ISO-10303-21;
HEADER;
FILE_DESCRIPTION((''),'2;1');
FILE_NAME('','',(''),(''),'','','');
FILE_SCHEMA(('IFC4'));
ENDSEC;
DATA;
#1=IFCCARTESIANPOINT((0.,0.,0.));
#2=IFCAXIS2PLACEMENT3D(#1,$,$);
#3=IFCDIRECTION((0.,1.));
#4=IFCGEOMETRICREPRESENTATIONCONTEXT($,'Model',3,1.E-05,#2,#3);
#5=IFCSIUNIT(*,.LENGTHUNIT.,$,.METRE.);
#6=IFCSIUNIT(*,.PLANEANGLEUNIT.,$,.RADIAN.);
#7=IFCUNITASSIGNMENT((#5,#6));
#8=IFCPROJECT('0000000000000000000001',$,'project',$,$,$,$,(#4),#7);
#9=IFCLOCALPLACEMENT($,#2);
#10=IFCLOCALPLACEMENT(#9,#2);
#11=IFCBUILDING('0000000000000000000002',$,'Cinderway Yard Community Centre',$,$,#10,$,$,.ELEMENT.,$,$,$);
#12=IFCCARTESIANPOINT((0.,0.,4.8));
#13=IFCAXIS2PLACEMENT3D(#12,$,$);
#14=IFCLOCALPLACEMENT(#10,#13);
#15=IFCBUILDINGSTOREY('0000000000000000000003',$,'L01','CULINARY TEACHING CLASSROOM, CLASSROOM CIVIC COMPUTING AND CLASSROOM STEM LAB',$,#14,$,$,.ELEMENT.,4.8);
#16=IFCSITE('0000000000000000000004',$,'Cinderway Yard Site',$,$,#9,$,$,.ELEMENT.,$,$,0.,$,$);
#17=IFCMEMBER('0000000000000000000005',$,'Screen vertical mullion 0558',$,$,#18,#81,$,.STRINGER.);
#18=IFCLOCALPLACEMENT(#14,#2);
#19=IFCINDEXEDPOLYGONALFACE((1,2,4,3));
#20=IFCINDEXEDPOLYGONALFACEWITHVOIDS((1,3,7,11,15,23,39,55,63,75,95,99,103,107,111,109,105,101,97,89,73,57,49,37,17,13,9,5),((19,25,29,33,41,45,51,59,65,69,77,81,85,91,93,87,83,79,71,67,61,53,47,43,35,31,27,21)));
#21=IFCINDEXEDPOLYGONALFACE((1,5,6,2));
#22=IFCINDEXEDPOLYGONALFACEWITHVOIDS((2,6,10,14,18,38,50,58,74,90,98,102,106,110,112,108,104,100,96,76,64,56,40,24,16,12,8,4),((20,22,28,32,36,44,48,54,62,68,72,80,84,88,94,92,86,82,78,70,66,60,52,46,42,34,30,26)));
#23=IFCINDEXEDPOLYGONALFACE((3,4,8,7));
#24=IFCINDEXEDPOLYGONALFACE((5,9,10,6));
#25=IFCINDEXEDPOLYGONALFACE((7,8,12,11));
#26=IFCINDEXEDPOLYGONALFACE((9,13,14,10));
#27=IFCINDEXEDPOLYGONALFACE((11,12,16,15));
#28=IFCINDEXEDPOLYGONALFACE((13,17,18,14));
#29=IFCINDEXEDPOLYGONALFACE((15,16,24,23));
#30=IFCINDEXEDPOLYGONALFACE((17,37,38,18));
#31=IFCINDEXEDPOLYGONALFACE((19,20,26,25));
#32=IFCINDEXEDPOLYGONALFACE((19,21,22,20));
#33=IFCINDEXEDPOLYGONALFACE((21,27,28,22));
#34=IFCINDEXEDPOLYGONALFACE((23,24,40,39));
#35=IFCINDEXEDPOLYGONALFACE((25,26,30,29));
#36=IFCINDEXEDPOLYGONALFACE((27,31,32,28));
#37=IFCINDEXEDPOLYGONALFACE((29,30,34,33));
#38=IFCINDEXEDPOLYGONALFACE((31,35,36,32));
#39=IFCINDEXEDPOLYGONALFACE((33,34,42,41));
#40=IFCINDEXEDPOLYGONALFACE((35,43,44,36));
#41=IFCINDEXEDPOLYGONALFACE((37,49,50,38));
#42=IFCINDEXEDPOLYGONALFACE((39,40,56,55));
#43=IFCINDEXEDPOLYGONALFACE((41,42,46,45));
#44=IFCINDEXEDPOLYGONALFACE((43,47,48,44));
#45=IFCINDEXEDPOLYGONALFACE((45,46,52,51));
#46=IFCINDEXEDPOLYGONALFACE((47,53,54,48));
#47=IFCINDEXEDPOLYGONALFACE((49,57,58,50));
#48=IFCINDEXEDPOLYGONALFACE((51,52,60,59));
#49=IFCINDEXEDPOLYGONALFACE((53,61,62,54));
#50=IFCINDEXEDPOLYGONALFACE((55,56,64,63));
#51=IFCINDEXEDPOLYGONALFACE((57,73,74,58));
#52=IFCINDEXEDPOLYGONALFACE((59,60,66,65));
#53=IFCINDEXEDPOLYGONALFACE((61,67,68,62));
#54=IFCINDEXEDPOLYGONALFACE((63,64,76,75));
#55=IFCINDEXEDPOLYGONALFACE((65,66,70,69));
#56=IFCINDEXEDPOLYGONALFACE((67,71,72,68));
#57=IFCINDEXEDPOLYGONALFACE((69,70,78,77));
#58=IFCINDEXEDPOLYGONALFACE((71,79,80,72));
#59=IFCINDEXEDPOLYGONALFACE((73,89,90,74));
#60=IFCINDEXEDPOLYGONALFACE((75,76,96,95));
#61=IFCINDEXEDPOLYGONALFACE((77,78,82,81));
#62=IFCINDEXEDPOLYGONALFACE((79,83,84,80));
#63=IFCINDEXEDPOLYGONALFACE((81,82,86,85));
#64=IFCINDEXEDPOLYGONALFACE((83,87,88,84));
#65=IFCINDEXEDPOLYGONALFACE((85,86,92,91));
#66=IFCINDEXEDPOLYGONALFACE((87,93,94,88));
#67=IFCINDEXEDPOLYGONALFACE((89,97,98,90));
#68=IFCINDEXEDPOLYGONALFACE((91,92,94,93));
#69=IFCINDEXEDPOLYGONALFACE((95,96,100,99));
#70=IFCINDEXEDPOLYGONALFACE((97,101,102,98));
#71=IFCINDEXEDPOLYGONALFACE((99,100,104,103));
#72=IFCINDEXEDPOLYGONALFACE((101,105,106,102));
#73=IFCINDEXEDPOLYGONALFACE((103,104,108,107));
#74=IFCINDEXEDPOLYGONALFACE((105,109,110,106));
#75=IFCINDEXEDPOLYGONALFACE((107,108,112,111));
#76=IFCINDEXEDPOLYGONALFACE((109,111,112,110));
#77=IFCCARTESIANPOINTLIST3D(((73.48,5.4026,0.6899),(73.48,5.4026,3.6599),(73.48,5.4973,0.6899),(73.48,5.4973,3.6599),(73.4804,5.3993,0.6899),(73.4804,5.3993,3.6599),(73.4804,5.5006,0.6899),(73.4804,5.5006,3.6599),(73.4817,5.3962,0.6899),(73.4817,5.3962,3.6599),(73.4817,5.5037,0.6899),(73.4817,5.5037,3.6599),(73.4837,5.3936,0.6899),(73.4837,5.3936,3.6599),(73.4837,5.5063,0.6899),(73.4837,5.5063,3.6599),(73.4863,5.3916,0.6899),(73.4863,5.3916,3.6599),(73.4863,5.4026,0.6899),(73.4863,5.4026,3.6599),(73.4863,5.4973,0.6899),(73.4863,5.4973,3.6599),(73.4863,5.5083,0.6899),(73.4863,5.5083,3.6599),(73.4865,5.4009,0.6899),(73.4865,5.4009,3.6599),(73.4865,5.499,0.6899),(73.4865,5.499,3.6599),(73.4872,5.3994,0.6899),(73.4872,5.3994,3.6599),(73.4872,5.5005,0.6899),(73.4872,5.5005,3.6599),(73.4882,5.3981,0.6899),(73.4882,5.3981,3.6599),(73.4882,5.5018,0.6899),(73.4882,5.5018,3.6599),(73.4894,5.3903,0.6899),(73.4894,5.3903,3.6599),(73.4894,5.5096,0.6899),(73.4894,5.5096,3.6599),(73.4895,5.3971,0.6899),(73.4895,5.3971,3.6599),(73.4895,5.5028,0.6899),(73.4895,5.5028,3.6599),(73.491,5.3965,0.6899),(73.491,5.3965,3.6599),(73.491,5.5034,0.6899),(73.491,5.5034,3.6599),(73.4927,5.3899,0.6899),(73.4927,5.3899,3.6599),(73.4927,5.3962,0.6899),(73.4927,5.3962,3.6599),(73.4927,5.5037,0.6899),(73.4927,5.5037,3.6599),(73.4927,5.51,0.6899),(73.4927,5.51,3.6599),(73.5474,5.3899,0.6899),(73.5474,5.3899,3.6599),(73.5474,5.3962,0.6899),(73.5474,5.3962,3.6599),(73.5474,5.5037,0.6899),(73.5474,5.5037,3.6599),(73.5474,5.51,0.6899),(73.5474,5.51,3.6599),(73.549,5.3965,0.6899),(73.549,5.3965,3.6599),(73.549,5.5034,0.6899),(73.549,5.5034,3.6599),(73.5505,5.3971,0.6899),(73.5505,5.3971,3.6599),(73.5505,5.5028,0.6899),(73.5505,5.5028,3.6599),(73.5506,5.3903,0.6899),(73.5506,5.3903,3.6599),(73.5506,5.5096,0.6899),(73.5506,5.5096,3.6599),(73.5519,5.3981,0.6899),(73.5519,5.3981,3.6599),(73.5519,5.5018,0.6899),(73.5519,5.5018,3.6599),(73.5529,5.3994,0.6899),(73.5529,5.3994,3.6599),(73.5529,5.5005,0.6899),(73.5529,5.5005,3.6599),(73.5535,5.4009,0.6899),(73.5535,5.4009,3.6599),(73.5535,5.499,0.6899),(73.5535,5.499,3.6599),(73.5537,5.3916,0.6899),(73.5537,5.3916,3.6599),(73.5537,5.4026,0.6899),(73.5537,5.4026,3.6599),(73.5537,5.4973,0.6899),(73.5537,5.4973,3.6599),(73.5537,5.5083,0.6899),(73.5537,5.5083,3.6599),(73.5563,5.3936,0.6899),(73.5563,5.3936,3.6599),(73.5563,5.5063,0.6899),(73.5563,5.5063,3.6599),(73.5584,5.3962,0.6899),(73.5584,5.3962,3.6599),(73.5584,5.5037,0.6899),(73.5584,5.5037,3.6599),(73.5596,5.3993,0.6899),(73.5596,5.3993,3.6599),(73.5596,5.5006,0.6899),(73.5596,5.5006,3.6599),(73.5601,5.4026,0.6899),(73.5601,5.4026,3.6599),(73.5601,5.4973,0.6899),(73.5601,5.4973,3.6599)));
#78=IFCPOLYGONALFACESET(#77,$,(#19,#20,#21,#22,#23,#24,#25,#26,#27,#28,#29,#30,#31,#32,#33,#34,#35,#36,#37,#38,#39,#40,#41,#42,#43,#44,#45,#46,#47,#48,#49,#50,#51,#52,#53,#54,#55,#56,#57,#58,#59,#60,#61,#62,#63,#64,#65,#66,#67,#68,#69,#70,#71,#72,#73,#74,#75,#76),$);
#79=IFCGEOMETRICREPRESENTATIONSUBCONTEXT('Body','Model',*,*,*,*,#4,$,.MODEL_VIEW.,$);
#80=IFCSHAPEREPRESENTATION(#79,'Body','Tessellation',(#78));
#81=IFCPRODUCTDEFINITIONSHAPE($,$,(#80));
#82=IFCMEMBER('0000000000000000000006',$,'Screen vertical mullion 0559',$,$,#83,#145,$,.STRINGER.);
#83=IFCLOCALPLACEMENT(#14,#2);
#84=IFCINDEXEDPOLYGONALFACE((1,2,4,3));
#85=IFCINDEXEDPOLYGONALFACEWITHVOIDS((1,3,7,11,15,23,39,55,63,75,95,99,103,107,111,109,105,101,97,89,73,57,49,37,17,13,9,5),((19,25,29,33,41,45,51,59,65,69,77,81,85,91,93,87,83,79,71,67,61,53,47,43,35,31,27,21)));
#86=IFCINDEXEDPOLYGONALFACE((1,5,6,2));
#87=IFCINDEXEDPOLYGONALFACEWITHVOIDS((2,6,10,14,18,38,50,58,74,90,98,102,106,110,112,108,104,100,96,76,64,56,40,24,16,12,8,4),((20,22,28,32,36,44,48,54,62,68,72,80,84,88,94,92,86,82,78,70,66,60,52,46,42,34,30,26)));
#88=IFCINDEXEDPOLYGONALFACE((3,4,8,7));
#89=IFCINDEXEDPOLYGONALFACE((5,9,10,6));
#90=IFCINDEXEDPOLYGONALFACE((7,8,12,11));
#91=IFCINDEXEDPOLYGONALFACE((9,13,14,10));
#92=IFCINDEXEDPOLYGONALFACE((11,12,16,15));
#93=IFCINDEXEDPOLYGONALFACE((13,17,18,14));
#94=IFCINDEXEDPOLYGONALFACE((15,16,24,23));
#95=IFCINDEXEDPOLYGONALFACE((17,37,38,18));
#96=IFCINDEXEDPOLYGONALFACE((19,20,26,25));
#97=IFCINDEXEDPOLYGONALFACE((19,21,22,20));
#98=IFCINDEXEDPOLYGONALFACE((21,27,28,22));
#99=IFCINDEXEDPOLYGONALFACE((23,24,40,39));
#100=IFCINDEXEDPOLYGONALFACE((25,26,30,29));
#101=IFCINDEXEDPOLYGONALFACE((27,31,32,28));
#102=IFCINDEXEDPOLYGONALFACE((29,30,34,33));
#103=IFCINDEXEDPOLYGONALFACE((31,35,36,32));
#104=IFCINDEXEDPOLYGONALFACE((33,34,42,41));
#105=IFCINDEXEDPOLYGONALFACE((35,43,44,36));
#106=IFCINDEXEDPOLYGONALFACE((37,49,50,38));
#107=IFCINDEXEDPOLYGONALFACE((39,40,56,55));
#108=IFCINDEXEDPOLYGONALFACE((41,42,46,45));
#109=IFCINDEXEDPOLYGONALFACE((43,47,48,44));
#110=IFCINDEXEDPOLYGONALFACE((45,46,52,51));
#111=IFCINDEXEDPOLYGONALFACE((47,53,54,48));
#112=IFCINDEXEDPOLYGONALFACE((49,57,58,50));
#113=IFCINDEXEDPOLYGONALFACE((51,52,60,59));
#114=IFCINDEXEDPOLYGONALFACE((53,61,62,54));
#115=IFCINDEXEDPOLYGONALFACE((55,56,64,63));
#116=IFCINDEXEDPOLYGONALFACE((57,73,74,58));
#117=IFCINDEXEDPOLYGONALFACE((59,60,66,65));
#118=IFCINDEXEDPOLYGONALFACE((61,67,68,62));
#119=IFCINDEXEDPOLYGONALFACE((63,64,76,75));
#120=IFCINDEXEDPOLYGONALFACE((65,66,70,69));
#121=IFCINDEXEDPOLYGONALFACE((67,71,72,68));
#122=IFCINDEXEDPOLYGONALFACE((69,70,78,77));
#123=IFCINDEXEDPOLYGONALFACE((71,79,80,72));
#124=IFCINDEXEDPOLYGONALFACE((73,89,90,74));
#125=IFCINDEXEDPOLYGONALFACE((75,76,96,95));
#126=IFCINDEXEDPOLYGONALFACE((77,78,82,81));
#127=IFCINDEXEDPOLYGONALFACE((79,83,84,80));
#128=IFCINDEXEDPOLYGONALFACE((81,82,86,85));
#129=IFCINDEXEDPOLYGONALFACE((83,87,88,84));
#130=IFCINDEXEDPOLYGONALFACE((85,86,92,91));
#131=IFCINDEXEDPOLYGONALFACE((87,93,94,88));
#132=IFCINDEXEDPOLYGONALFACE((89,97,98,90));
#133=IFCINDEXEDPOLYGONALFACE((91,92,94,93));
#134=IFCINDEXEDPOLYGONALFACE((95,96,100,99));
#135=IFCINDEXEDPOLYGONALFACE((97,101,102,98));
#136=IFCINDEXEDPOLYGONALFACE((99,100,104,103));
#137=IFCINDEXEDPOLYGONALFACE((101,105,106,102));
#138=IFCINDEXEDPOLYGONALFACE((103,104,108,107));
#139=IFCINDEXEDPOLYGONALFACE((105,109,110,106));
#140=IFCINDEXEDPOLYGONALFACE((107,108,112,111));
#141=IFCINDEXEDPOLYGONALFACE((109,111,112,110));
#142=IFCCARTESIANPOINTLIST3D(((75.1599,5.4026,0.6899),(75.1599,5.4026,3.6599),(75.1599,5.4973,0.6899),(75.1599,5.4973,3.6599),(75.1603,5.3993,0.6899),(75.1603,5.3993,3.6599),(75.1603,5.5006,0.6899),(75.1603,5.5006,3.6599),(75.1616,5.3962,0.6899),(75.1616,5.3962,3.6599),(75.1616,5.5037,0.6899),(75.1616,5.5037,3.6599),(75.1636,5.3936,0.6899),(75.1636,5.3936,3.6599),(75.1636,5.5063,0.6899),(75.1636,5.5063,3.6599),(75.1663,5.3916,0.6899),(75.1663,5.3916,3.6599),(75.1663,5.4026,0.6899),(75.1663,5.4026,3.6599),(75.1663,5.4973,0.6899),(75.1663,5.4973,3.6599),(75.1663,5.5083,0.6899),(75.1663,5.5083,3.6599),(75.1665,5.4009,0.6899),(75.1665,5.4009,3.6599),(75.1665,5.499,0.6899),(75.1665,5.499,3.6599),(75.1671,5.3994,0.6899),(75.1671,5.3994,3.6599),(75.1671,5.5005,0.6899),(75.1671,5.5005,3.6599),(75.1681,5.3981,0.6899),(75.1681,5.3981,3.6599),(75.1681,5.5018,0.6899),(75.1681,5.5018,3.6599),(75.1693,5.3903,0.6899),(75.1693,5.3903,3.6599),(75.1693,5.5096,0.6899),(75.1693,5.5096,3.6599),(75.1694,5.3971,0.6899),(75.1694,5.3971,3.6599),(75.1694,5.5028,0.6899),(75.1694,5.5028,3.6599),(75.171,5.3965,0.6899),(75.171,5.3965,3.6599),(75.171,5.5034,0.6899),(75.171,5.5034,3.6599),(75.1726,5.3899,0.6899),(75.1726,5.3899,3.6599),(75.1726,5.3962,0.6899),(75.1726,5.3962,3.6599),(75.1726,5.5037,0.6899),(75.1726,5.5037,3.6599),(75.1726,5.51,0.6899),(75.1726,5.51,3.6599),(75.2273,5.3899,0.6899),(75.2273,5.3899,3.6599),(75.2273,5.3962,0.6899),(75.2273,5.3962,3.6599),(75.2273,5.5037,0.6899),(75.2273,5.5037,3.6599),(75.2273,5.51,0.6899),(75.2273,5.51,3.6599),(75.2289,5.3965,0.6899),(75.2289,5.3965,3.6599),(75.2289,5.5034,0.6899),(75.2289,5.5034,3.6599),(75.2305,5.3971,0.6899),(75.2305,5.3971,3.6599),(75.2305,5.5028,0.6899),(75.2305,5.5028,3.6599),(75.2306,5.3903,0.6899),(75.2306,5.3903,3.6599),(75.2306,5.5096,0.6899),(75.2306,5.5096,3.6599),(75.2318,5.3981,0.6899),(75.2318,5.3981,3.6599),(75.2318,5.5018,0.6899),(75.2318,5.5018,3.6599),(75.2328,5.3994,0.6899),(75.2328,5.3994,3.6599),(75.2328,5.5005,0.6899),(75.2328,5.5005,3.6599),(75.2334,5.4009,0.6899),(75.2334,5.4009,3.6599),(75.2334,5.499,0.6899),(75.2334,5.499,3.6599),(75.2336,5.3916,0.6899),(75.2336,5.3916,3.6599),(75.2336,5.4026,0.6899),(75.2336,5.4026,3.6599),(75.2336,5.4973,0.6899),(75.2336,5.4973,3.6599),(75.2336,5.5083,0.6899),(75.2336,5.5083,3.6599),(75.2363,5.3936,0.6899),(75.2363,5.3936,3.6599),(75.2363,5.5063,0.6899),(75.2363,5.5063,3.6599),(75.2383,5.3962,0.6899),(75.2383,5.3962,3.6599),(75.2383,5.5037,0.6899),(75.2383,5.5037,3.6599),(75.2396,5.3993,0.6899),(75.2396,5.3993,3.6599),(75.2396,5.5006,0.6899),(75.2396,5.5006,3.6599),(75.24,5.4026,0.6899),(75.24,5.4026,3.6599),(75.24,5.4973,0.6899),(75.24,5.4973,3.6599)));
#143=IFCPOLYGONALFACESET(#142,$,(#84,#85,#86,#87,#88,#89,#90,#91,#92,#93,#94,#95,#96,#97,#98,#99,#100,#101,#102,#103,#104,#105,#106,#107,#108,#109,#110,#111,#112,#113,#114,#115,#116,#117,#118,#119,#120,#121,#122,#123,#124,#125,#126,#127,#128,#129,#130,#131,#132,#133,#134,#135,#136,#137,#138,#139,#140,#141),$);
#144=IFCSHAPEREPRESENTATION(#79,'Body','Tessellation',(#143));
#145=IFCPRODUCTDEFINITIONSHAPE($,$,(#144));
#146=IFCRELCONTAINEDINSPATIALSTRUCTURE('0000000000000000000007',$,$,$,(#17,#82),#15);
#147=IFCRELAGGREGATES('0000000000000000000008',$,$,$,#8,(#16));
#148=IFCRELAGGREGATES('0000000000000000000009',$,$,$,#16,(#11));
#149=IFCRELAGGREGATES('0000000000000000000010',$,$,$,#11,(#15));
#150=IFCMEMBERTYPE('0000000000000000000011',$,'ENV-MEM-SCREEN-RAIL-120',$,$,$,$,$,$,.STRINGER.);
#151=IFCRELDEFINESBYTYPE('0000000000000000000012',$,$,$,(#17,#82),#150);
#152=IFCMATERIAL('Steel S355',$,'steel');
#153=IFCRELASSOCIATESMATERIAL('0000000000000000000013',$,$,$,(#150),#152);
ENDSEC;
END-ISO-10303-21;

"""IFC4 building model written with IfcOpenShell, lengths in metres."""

from ifc_helpers import new_model, si_unit, direction, frame, origin, origin_2d, place, context, subcontext, project, spatial, hollow_rectangle, extrude, material, material_profile, profile_set, type_object, element, save


model = new_model("IFC4")

# Units and contexts
model_context = context("Model", 3, precision=1e-05, world=origin(), true_north=direction((0.0, 1.0)))
body_context = subcontext(model_context, "Body", "Model", "MODEL_VIEW")
ifc_project = project(units=[si_unit("LENGTHUNIT", "METRE"), si_unit("PLANEANGLEUNIT", "RADIAN")], contexts=[model_context])

# Site, building, storey
site_placement = place(None, origin())
site = spatial("IfcSite", under=ifc_project, at=site_placement, Name="Cinderway Yard Site", CompositionType="ELEMENT", RefElevation=0.0)
building_placement = place(site_placement, origin())
building = spatial("IfcBuilding", under=site, at=building_placement, Name="Cinderway Yard Community Centre", CompositionType="ELEMENT")
storey_placement = place(building_placement, frame((0.0, 0.0, 4.8)))
storey = spatial("IfcBuildingStorey", under=building, at=storey_placement, Name="L01", Description="CULINARY TEACHING CLASSROOM, CLASSROOM CIVIC COMPUTING AND CLASSROOM STEM LAB", CompositionType="ELEMENT", Elevation=4.8)

# Members
ifc_material_1 = material(Name="Steel S355", Category="steel")
ifc_material_profile_1 = material_profile(ifc_material_1, hollow_rectangle(XDim=0.0801, YDim=0.1201, WallThickness=0.0063, InnerFilletRadius=0.0063, OuterFilletRadius=0.0127, at=origin_2d()), Name="Steel S355")
ifc_profile_set_1 = profile_set([ifc_material_profile_1], Name="Steel S355")
member_type_1 = type_object("IfcMemberType", Name="ENV-MEM-SCREEN-RAIL-120", PredefinedType="STRINGER", material=ifc_profile_set_1)
for number, where, z_axis, x_axis, name in (
    (1, (73.52, 5.45, 0.6899), (0.0, 0.0, 1.0), (1.0, 0.0, 0.0), "Screen vertical mullion 0558"),
    (2, (75.2, 5.45, 0.6899), (0.0, 0.0, 1.0), (1.0, 0.0, 0.0), "Screen vertical mullion 0559"),
):
    element("IfcMember", number, at=place(storey_placement, frame(where, z_axis=z_axis, x_axis=x_axis)), inside=storey, type_object=member_type_1, Name=name, PredefinedType="STRINGER", context=body_context, shape_type="SweptSolid", body=[
        extrude(hollow_rectangle(XDim=0.0801, YDim=0.1201, WallThickness=0.0063, InnerFilletRadius=0.0063, OuterFilletRadius=0.0127, at=origin_2d()), origin(), (0.0, 0.0, 1.0), 2.97),
    ])

save(model, "model.ifc")
